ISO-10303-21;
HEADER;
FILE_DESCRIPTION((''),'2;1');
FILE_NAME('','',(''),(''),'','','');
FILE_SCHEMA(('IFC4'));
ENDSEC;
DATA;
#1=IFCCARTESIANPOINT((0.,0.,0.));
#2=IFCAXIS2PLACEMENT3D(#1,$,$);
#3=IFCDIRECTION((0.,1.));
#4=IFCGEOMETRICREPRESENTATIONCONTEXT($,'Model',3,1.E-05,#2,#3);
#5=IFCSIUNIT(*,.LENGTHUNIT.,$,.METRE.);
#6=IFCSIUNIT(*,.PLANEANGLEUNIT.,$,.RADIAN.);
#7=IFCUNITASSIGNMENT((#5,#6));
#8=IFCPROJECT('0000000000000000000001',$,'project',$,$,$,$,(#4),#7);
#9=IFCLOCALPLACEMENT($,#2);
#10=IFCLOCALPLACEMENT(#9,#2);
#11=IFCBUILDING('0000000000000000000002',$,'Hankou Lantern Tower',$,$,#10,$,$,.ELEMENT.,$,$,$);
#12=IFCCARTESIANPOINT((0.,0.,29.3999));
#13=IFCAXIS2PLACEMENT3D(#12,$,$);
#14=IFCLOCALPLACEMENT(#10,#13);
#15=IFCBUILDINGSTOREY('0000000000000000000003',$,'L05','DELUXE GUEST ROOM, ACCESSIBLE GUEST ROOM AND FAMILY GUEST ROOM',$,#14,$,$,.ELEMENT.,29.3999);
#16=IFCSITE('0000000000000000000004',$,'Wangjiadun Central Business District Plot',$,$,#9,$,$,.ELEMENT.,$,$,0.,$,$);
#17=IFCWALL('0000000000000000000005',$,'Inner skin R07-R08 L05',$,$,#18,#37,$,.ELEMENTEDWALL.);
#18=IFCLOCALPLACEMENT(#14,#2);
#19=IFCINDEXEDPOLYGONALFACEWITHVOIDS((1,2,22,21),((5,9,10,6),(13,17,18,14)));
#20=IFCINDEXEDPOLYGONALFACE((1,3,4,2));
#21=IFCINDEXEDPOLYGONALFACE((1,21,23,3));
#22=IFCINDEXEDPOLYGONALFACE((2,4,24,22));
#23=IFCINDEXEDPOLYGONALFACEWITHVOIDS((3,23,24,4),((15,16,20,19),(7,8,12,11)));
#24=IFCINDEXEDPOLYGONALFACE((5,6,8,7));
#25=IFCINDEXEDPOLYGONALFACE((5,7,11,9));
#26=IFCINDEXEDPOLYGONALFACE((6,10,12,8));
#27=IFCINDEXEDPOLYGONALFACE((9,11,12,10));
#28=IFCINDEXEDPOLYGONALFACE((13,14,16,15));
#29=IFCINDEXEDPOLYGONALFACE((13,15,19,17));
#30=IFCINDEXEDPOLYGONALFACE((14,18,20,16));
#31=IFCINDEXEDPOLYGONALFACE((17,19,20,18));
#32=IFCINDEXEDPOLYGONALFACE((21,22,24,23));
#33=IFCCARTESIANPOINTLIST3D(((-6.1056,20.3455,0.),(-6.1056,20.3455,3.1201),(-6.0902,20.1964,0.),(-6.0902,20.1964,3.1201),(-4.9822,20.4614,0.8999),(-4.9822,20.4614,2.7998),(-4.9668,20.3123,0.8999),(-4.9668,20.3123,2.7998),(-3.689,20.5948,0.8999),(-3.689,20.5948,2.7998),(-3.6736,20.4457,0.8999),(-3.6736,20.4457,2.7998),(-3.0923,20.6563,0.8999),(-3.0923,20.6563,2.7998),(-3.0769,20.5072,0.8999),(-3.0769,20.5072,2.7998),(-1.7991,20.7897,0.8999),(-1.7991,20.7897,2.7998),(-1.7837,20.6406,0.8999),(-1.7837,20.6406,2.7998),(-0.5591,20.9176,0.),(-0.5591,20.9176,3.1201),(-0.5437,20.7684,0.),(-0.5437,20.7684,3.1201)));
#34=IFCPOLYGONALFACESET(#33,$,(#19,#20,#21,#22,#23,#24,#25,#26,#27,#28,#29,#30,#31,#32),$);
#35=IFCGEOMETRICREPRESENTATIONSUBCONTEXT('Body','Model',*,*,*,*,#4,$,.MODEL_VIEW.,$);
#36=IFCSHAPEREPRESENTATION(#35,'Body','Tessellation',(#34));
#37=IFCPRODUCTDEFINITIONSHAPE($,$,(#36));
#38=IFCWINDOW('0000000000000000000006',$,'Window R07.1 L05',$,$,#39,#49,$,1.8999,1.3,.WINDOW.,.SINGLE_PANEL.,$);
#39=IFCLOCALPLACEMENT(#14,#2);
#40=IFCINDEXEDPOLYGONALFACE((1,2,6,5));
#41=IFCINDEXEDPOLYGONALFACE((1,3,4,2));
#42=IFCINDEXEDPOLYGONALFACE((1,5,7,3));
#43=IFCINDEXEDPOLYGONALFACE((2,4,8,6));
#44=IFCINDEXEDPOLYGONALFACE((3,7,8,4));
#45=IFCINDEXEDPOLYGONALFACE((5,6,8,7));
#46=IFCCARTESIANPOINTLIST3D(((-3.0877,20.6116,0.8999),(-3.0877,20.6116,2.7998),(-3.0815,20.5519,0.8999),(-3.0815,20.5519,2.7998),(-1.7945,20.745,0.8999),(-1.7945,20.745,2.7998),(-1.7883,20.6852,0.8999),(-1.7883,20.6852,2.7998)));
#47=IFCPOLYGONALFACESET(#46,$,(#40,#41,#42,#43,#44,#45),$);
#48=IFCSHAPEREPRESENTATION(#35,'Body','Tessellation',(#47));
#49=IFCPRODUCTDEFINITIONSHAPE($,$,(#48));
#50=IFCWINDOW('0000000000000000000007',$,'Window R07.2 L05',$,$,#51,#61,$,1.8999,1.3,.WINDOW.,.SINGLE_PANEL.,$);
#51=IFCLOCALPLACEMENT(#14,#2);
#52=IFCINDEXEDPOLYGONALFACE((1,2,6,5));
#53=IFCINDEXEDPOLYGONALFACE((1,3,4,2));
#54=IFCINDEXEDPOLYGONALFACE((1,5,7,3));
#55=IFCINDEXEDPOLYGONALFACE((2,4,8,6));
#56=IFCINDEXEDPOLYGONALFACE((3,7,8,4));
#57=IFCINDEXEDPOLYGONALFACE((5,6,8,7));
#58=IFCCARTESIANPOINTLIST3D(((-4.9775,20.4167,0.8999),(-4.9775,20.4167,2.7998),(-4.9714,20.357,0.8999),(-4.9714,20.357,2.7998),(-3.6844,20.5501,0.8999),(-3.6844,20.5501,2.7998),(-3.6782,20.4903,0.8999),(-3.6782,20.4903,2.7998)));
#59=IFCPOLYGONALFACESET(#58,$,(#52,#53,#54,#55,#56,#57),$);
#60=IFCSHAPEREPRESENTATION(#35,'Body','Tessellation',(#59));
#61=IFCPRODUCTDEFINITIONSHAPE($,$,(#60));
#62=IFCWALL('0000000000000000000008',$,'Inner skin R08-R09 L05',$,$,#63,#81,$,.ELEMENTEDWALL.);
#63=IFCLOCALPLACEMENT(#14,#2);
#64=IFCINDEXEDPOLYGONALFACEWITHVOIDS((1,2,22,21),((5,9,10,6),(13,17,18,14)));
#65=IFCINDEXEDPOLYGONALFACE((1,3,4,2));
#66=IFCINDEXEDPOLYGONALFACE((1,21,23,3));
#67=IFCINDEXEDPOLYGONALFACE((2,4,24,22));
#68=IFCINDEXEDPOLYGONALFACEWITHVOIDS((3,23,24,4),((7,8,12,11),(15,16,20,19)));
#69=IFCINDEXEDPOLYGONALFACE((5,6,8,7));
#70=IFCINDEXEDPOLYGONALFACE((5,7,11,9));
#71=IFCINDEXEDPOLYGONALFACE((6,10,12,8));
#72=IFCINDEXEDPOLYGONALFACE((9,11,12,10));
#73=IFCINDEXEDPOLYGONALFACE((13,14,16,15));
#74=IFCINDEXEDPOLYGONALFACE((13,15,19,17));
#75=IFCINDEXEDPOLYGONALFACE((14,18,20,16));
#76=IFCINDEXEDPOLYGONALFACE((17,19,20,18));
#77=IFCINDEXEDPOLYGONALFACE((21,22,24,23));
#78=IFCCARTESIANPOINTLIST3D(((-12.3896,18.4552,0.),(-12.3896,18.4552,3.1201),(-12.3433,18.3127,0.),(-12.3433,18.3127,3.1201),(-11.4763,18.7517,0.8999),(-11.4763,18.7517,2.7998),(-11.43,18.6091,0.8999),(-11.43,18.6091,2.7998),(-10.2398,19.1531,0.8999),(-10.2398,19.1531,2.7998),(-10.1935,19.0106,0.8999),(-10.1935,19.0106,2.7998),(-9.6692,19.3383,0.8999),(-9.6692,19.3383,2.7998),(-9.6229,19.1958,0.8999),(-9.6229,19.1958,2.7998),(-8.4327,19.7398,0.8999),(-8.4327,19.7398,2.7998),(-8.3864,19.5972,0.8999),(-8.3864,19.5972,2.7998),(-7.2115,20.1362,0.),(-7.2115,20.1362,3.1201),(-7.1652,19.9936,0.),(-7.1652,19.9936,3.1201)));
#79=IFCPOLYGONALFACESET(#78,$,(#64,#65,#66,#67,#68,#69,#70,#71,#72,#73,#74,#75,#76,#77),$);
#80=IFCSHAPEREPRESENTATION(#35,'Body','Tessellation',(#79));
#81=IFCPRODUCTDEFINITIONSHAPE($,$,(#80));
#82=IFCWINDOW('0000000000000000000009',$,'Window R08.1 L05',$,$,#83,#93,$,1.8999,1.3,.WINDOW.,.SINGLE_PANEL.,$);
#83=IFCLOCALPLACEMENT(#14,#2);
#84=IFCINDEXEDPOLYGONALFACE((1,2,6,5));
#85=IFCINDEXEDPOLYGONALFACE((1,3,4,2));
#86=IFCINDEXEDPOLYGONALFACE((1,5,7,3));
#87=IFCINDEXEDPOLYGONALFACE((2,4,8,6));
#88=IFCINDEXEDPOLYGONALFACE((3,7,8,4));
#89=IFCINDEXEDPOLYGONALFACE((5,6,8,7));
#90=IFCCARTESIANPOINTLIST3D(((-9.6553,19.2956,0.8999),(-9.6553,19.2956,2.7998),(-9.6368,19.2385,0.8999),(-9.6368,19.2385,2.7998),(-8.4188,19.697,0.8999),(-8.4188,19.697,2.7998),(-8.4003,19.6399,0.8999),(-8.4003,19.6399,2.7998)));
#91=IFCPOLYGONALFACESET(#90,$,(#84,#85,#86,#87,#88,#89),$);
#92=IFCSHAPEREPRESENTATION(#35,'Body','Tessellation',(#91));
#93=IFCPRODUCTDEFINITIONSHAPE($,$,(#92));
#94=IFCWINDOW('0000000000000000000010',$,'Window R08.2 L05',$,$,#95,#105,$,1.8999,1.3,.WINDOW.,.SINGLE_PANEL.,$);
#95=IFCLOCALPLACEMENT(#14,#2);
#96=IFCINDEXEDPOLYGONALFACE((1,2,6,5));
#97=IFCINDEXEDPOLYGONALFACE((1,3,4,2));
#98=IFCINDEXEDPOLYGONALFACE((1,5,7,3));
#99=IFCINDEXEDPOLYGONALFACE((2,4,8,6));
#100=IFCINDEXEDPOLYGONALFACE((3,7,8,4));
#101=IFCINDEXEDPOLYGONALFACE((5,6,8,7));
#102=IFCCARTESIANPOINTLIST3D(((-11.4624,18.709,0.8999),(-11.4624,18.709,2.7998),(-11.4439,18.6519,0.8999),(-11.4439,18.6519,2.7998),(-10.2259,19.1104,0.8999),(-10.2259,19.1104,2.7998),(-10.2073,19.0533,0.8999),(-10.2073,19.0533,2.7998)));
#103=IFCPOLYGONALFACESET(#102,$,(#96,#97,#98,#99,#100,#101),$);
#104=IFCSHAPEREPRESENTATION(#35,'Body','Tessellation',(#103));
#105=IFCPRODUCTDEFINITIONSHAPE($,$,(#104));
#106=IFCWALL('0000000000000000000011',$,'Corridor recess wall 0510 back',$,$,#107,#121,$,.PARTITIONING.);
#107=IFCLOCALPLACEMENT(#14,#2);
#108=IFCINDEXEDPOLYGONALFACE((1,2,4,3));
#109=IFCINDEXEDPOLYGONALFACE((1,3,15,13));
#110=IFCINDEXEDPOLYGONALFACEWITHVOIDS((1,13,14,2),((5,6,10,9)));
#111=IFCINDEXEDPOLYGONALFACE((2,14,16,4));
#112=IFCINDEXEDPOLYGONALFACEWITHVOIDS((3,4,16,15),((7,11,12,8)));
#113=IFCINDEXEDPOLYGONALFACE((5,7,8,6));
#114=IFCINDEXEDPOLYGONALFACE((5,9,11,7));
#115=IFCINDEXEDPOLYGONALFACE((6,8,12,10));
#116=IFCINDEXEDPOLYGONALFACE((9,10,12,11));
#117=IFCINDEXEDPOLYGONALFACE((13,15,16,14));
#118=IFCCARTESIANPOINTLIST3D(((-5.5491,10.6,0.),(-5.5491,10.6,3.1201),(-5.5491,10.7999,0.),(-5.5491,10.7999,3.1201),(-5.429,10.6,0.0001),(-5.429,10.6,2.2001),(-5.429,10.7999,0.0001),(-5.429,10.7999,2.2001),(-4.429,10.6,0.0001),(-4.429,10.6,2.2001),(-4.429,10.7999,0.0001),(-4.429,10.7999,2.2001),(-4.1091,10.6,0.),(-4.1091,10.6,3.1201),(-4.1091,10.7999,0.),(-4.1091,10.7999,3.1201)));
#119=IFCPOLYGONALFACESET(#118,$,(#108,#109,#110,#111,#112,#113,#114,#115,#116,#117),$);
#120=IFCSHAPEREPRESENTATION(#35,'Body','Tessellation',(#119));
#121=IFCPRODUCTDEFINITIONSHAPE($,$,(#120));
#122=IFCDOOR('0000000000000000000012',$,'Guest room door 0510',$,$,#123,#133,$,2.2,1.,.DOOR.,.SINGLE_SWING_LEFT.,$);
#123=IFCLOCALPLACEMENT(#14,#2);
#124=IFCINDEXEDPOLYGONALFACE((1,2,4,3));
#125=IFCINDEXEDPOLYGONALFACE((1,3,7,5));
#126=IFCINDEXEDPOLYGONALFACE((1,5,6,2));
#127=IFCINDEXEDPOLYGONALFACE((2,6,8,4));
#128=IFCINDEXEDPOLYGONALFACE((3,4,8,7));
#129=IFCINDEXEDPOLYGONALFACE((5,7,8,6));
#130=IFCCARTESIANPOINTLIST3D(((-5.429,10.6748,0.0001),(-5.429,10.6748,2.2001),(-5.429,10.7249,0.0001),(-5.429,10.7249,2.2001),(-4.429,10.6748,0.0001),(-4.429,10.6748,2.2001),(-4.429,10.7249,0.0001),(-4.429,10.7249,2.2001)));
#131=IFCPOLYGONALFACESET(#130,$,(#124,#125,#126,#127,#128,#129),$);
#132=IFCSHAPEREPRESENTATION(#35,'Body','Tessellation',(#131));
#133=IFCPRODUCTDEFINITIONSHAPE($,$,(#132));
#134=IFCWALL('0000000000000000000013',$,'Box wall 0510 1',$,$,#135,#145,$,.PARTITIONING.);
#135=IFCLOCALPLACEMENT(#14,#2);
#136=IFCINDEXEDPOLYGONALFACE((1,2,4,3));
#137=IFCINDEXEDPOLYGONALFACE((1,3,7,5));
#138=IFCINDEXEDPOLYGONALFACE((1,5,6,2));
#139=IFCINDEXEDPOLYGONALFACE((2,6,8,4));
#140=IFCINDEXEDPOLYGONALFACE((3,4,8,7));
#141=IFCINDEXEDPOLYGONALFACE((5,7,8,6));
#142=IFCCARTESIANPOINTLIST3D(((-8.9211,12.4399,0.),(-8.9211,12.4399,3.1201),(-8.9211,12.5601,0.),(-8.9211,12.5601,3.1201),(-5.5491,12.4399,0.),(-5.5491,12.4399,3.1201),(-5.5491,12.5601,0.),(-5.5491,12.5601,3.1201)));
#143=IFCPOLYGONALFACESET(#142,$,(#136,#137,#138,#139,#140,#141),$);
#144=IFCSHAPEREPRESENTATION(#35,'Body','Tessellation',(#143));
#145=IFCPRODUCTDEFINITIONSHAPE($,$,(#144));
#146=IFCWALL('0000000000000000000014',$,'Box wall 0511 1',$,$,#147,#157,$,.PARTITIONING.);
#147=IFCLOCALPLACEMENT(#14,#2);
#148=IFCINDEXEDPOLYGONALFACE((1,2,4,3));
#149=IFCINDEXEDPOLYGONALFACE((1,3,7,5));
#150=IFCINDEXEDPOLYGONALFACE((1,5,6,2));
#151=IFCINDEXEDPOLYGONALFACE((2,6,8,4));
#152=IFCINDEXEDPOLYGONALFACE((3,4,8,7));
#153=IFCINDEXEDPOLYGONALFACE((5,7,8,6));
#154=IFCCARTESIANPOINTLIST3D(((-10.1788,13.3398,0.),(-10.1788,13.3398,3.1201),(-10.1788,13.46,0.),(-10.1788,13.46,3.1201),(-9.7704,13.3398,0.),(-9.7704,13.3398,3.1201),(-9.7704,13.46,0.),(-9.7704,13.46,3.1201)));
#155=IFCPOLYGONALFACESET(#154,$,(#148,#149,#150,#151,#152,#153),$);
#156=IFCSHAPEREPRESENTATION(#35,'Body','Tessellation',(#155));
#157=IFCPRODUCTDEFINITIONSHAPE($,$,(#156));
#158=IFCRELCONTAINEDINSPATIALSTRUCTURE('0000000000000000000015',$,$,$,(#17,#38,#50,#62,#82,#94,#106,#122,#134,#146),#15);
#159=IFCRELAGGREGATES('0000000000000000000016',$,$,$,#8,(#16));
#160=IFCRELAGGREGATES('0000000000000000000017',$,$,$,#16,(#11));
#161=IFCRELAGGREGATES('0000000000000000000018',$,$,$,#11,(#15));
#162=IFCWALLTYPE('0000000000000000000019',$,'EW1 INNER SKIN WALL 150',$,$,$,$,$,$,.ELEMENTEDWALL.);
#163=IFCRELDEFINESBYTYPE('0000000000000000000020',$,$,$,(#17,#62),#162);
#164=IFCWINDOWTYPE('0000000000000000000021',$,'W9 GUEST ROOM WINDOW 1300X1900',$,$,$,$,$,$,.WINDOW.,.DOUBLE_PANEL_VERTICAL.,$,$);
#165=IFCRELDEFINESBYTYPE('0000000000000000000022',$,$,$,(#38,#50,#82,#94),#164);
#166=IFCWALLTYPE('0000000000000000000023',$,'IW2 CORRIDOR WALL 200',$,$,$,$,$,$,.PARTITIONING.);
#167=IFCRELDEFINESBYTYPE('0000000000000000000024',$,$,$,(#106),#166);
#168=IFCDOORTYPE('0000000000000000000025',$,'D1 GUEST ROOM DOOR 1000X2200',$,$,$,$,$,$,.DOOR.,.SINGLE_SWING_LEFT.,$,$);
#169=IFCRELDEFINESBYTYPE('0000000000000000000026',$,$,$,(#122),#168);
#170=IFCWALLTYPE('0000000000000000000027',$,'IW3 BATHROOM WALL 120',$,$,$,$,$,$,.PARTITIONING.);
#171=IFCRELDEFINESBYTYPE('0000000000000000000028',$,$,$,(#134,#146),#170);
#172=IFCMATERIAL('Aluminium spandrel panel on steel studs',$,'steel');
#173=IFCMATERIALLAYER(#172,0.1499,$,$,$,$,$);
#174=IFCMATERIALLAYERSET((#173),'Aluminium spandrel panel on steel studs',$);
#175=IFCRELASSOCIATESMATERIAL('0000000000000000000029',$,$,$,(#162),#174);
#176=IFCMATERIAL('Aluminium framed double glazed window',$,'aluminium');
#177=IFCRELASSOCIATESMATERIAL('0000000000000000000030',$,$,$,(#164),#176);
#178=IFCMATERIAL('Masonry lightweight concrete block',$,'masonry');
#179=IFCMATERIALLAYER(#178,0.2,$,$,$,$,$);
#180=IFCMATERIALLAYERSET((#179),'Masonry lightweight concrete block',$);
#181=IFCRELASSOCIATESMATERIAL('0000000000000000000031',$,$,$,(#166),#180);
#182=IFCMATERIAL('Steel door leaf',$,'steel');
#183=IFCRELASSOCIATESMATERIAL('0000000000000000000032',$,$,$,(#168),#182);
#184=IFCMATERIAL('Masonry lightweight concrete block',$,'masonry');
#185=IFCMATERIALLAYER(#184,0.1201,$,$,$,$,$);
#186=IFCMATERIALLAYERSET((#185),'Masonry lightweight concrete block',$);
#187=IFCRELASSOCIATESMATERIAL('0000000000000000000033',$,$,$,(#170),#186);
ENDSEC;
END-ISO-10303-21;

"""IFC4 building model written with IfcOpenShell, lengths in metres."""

from ifc_helpers import new_model, si_unit, direction, frame, frame_2d, origin, place, context, subcontext, project, spatial, rectangle, extrude, material, layer, layer_set, type_object, element, fill, save


model = new_model("IFC4")

# Units and contexts
model_context = context("Model", 3, precision=1e-05, world=origin(), true_north=direction((0.0, 1.0)))
body_context = subcontext(model_context, "Body", "Model", "MODEL_VIEW")
ifc_project = project(units=[si_unit("LENGTHUNIT", "METRE"), si_unit("PLANEANGLEUNIT", "RADIAN")], contexts=[model_context])

# Site, building, storey
site_placement = place(None, origin())
site = spatial("IfcSite", under=ifc_project, at=site_placement, Name="Wangjiadun Central Business District Plot", CompositionType="ELEMENT", RefElevation=0.0)
building_placement = place(site_placement, origin())
building = spatial("IfcBuilding", under=site, at=building_placement, Name="Hankou Lantern Tower", CompositionType="ELEMENT")
storey_placement = place(building_placement, frame((0.0, 0.0, 29.3999)))
storey = spatial("IfcBuildingStorey", under=building, at=storey_placement, Name="L05", Description="DELUXE GUEST ROOM, ACCESSIBLE GUEST ROOM AND FAMILY GUEST ROOM", CompositionType="ELEMENT", Elevation=29.3999)

# Walls, openings, windows
ifc_material_1 = material(Name="Aluminium spandrel panel on steel studs", Category="steel")
ifc_layer_1 = layer(ifc_material_1, 0.1499)
ifc_layer_set_1 = layer_set([ifc_layer_1], Name="Aluminium spandrel panel on steel studs")
wall_type_1 = type_object("IfcWallType", Name="EW1 INNER SKIN WALL 150", PredefinedType="ELEMENTEDWALL", material=ifc_layer_set_1)
wall_1_placement = place(storey_placement, frame((-0.5513, 20.843, 0.0), z_axis=(0.0, 0.0, 1.0), x_axis=(-0.994724, -0.10259, 0.0)))
wall_1 = element("IfcWall", 1, at=wall_1_placement, inside=storey, type_object=wall_type_1, Name="Inner skin R07-R08 L05", PredefinedType="ELEMENTEDWALL", context=body_context, shape_type="SweptSolid", body=[
    extrude(rectangle(XDim=5.5759, YDim=0.1499, at=frame_2d((2.7881, 0.0))), origin(), (0.0, 0.0, 1.0), 3.1201),
])
opening_1_placement = place(wall_1_placement, frame((1.2468, 0.0, 0.8999)))
opening_1 = element("IfcOpeningElement", 2, at=opening_1_placement, cuts=wall_1, PredefinedType="OPENING", context=body_context, shape_type="SweptSolid", body=[
    extrude(rectangle(XDim=1.3, YDim=1.8999, at=frame_2d((0.6499, 0.95))), frame((0.0, 0.085, 0.0), z_axis=(0.0, -1.0, 0.0), x_axis=(1.0, 0.0, 0.0)), (0.0, 0.0, 1.0), 0.1699),
])
opening_2_placement = place(wall_1_placement, frame((3.1467, 0.0, 0.8999)))
opening_2 = element("IfcOpeningElement", 3, at=opening_2_placement, cuts=wall_1, PredefinedType="OPENING", context=body_context, shape_type="SweptSolid", body=[
    extrude(rectangle(XDim=1.3, YDim=1.8999, at=frame_2d((0.6499, 0.95))), frame((0.0, 0.085, 0.0), z_axis=(0.0, -1.0, 0.0), x_axis=(1.0, 0.0, 0.0)), (0.0, 0.0, 1.0), 0.1699),
])
ifc_material_2 = material(Name="Aluminium framed double glazed window", Category="aluminium")
window_type = type_object("IfcWindowType", Name="W9 GUEST ROOM WINDOW 1300X1900", PartitioningType="DOUBLE_PANEL_VERTICAL", PredefinedType="WINDOW", material=ifc_material_2)
window_1_placement = place(opening_1_placement, origin())
window_1 = element("IfcWindow", 4, at=window_1_placement, inside=storey, type_object=window_type, Name="Window R07.1 L05", OverallHeight=1.8999, OverallWidth=1.3, PartitioningType="SINGLE_PANEL", PredefinedType="WINDOW", context=body_context, shape_type="SweptSolid", body=[
    extrude(rectangle(XDim=1.3, YDim=1.8999, at=frame_2d((0.6499, 0.95))), frame((0.0, 0.03, 0.0), z_axis=(0.0, -1.0, 0.0), x_axis=(1.0, 0.0, 0.0)), (0.0, 0.0, 1.0), 0.0601),
])
fill(opening_1, window_1)
window_2_placement = place(opening_2_placement, origin())
window_2 = element("IfcWindow", 5, at=window_2_placement, inside=storey, type_object=window_type, Name="Window R07.2 L05", OverallHeight=1.8999, OverallWidth=1.3, PartitioningType="SINGLE_PANEL", PredefinedType="WINDOW", context=body_context, shape_type="SweptSolid", body=[
    extrude(rectangle(XDim=1.3, YDim=1.8999, at=frame_2d((0.6499, 0.95))), frame((0.0, 0.03, 0.0), z_axis=(0.0, -1.0, 0.0), x_axis=(1.0, 0.0, 0.0)), (0.0, 0.0, 1.0), 0.0601),
])
fill(opening_2, window_2)
wall_2_placement = place(storey_placement, frame((-7.1882, 20.0649, 0.0), z_axis=(0.0, 0.0, 1.0), x_axis=(-0.951138, -0.308765, 0.0)))
wall_2 = element("IfcWall", 6, at=wall_2_placement, inside=storey, type_object=wall_type_1, Name="Inner skin R08-R09 L05", PredefinedType="ELEMENTEDWALL", context=body_context, shape_type="SweptSolid", body=[
    extrude(rectangle(XDim=5.4441, YDim=0.1499, at=frame_2d((2.7222, 0.0))), origin(), (0.0, 0.0, 1.0), 3.1201),
])
opening_3_placement = place(wall_2_placement, frame((1.2842, 0.0, 0.8999)))
opening_3 = element("IfcOpeningElement", 7, at=opening_3_placement, cuts=wall_2, PredefinedType="OPENING", context=body_context, shape_type="SweptSolid", body=[
    extrude(rectangle(XDim=1.3, YDim=1.8999, at=frame_2d((0.6499, 0.95))), frame((0.0, 0.085, 0.0), z_axis=(0.0, -1.0, 0.0), x_axis=(1.0, 0.0, 0.0)), (0.0, 0.0, 1.0), 0.1699),
])
opening_4_placement = place(wall_2_placement, frame((3.1841, 0.0, 0.8999)))
opening_4 = element("IfcOpeningElement", 8, at=opening_4_placement, cuts=wall_2, PredefinedType="OPENING", context=body_context, shape_type="SweptSolid", body=[
    extrude(rectangle(XDim=1.3, YDim=1.8999, at=frame_2d((0.6499, 0.95))), frame((0.0, 0.085, 0.0), z_axis=(0.0, -1.0, 0.0), x_axis=(1.0, 0.0, 0.0)), (0.0, 0.0, 1.0), 0.1699),
])
window_3_placement = place(opening_3_placement, origin())
window_3 = element("IfcWindow", 9, at=window_3_placement, inside=storey, type_object=window_type, Name="Window R08.1 L05", OverallHeight=1.8999, OverallWidth=1.3, PartitioningType="SINGLE_PANEL", PredefinedType="WINDOW", context=body_context, shape_type="SweptSolid", body=[
    extrude(rectangle(XDim=1.3, YDim=1.8999, at=frame_2d((0.6499, 0.95))), frame((0.0, 0.03, 0.0), z_axis=(0.0, -1.0, 0.0), x_axis=(1.0, 0.0, 0.0)), (0.0, 0.0, 1.0), 0.0601),
])
fill(opening_3, window_3)
window_4_placement = place(opening_4_placement, origin())
window_4 = element("IfcWindow", 10, at=window_4_placement, inside=storey, type_object=window_type, Name="Window R08.2 L05", OverallHeight=1.8999, OverallWidth=1.3, PartitioningType="SINGLE_PANEL", PredefinedType="WINDOW", context=body_context, shape_type="SweptSolid", body=[
    extrude(rectangle(XDim=1.3, YDim=1.8999, at=frame_2d((0.6499, 0.95))), frame((0.0, 0.03, 0.0), z_axis=(0.0, -1.0, 0.0), x_axis=(1.0, 0.0, 0.0)), (0.0, 0.0, 1.0), 0.0601),
])
fill(opening_4, window_4)

# Wall, opening, door
ifc_material_3 = material(Name="Masonry lightweight concrete block", Category="masonry")
ifc_layer_2 = layer(ifc_material_3, 0.2)
ifc_layer_set_2 = layer_set([ifc_layer_2], Name="Masonry lightweight concrete block")
wall_type_2 = type_object("IfcWallType", Name="IW2 CORRIDOR WALL 200", PredefinedType="PARTITIONING", material=ifc_layer_set_2)
wall_3_placement = place(storey_placement, frame((-5.5491, 10.7, 0.0), z_axis=(0.0, 0.0, 1.0), x_axis=(1.0, 0.0, 0.0)))
wall_3 = element("IfcWall", 11, at=wall_3_placement, inside=storey, type_object=wall_type_2, Name="Corridor recess wall 0510 back", PredefinedType="PARTITIONING", context=body_context, shape_type="SweptSolid", body=[
    extrude(rectangle(XDim=1.4399, YDim=0.2, at=frame_2d((0.72, 0.0))), origin(), (0.0, 0.0, 1.0), 3.1201),
])
opening_5_placement = place(wall_3_placement, frame((0.1201, 0.0, 0.0)))
opening_5 = element("IfcOpeningElement", 12, at=opening_5_placement, cuts=wall_3, PredefinedType="OPENING", context=body_context, shape_type="SweptSolid", body=[
    extrude(rectangle(XDim=1.0, YDim=2.2, at=frame_2d((0.5, 1.1001))), frame((0.0, 0.1099, 0.0), z_axis=(0.0, -1.0, 0.0), x_axis=(1.0, 0.0, 0.0)), (0.0, 0.0, 1.0), 0.22),
])
ifc_material_4 = material(Name="Steel door leaf", Category="steel")
door_type = type_object("IfcDoorType", Name="D1 GUEST ROOM DOOR 1000X2200", OperationType="SINGLE_SWING_LEFT", PredefinedType="DOOR", material=ifc_material_4)
door_placement = place(opening_5_placement, origin())
door = element("IfcDoor", 13, at=door_placement, inside=storey, type_object=door_type, Name="Guest room door 0510", OperationType="SINGLE_SWING_LEFT", OverallHeight=2.2, OverallWidth=1.0, PredefinedType="DOOR", context=body_context, shape_type="SweptSolid", body=[
    extrude(rectangle(XDim=1.0, YDim=2.2, at=frame_2d((0.5, 1.1001))), frame((0.0, 0.0249, 0.0), z_axis=(0.0, -1.0, 0.0), x_axis=(1.0, 0.0, 0.0)), (0.0, 0.0, 1.0), 0.05),
])
fill(opening_5, door)

# Walls
ifc_material_5 = material(Name="Masonry lightweight concrete block", Category="masonry")
ifc_layer_3 = layer(ifc_material_5, 0.1201)
ifc_layer_set_3 = layer_set([ifc_layer_3], Name="Masonry lightweight concrete block")
wall_type_3 = type_object("IfcWallType", Name="IW3 BATHROOM WALL 120", PredefinedType="PARTITIONING", material=ifc_layer_set_3)
wall_4_placement = place(storey_placement, frame((-8.9211, 12.5, 0.0), z_axis=(0.0, 0.0, 1.0), x_axis=(1.0, 0.0, 0.0)))
element("IfcWall", 14, at=wall_4_placement, inside=storey, type_object=wall_type_3, Name="Box wall 0510 1", PredefinedType="PARTITIONING", context=body_context, shape_type="SweptSolid", body=[
    extrude(rectangle(XDim=3.3721, YDim=0.1201, at=frame_2d((1.686, 0.0))), origin(), (0.0, 0.0, 1.0), 3.1201),
])
wall_5_placement = place(storey_placement, frame((-9.7705, 13.3999, 0.0), z_axis=(0.0, 0.0, 1.0), x_axis=(-1.0, 0.0, 0.0)))
element("IfcWall", 15, at=wall_5_placement, inside=storey, type_object=wall_type_3, Name="Box wall 0511 1", PredefinedType="PARTITIONING", context=body_context, shape_type="SweptSolid", body=[
    extrude(rectangle(XDim=0.4084, YDim=0.1201, at=frame_2d((0.2041, 0.0))), origin(), (0.0, 0.0, 1.0), 3.1201),
])

save(model, "model.ifc")
